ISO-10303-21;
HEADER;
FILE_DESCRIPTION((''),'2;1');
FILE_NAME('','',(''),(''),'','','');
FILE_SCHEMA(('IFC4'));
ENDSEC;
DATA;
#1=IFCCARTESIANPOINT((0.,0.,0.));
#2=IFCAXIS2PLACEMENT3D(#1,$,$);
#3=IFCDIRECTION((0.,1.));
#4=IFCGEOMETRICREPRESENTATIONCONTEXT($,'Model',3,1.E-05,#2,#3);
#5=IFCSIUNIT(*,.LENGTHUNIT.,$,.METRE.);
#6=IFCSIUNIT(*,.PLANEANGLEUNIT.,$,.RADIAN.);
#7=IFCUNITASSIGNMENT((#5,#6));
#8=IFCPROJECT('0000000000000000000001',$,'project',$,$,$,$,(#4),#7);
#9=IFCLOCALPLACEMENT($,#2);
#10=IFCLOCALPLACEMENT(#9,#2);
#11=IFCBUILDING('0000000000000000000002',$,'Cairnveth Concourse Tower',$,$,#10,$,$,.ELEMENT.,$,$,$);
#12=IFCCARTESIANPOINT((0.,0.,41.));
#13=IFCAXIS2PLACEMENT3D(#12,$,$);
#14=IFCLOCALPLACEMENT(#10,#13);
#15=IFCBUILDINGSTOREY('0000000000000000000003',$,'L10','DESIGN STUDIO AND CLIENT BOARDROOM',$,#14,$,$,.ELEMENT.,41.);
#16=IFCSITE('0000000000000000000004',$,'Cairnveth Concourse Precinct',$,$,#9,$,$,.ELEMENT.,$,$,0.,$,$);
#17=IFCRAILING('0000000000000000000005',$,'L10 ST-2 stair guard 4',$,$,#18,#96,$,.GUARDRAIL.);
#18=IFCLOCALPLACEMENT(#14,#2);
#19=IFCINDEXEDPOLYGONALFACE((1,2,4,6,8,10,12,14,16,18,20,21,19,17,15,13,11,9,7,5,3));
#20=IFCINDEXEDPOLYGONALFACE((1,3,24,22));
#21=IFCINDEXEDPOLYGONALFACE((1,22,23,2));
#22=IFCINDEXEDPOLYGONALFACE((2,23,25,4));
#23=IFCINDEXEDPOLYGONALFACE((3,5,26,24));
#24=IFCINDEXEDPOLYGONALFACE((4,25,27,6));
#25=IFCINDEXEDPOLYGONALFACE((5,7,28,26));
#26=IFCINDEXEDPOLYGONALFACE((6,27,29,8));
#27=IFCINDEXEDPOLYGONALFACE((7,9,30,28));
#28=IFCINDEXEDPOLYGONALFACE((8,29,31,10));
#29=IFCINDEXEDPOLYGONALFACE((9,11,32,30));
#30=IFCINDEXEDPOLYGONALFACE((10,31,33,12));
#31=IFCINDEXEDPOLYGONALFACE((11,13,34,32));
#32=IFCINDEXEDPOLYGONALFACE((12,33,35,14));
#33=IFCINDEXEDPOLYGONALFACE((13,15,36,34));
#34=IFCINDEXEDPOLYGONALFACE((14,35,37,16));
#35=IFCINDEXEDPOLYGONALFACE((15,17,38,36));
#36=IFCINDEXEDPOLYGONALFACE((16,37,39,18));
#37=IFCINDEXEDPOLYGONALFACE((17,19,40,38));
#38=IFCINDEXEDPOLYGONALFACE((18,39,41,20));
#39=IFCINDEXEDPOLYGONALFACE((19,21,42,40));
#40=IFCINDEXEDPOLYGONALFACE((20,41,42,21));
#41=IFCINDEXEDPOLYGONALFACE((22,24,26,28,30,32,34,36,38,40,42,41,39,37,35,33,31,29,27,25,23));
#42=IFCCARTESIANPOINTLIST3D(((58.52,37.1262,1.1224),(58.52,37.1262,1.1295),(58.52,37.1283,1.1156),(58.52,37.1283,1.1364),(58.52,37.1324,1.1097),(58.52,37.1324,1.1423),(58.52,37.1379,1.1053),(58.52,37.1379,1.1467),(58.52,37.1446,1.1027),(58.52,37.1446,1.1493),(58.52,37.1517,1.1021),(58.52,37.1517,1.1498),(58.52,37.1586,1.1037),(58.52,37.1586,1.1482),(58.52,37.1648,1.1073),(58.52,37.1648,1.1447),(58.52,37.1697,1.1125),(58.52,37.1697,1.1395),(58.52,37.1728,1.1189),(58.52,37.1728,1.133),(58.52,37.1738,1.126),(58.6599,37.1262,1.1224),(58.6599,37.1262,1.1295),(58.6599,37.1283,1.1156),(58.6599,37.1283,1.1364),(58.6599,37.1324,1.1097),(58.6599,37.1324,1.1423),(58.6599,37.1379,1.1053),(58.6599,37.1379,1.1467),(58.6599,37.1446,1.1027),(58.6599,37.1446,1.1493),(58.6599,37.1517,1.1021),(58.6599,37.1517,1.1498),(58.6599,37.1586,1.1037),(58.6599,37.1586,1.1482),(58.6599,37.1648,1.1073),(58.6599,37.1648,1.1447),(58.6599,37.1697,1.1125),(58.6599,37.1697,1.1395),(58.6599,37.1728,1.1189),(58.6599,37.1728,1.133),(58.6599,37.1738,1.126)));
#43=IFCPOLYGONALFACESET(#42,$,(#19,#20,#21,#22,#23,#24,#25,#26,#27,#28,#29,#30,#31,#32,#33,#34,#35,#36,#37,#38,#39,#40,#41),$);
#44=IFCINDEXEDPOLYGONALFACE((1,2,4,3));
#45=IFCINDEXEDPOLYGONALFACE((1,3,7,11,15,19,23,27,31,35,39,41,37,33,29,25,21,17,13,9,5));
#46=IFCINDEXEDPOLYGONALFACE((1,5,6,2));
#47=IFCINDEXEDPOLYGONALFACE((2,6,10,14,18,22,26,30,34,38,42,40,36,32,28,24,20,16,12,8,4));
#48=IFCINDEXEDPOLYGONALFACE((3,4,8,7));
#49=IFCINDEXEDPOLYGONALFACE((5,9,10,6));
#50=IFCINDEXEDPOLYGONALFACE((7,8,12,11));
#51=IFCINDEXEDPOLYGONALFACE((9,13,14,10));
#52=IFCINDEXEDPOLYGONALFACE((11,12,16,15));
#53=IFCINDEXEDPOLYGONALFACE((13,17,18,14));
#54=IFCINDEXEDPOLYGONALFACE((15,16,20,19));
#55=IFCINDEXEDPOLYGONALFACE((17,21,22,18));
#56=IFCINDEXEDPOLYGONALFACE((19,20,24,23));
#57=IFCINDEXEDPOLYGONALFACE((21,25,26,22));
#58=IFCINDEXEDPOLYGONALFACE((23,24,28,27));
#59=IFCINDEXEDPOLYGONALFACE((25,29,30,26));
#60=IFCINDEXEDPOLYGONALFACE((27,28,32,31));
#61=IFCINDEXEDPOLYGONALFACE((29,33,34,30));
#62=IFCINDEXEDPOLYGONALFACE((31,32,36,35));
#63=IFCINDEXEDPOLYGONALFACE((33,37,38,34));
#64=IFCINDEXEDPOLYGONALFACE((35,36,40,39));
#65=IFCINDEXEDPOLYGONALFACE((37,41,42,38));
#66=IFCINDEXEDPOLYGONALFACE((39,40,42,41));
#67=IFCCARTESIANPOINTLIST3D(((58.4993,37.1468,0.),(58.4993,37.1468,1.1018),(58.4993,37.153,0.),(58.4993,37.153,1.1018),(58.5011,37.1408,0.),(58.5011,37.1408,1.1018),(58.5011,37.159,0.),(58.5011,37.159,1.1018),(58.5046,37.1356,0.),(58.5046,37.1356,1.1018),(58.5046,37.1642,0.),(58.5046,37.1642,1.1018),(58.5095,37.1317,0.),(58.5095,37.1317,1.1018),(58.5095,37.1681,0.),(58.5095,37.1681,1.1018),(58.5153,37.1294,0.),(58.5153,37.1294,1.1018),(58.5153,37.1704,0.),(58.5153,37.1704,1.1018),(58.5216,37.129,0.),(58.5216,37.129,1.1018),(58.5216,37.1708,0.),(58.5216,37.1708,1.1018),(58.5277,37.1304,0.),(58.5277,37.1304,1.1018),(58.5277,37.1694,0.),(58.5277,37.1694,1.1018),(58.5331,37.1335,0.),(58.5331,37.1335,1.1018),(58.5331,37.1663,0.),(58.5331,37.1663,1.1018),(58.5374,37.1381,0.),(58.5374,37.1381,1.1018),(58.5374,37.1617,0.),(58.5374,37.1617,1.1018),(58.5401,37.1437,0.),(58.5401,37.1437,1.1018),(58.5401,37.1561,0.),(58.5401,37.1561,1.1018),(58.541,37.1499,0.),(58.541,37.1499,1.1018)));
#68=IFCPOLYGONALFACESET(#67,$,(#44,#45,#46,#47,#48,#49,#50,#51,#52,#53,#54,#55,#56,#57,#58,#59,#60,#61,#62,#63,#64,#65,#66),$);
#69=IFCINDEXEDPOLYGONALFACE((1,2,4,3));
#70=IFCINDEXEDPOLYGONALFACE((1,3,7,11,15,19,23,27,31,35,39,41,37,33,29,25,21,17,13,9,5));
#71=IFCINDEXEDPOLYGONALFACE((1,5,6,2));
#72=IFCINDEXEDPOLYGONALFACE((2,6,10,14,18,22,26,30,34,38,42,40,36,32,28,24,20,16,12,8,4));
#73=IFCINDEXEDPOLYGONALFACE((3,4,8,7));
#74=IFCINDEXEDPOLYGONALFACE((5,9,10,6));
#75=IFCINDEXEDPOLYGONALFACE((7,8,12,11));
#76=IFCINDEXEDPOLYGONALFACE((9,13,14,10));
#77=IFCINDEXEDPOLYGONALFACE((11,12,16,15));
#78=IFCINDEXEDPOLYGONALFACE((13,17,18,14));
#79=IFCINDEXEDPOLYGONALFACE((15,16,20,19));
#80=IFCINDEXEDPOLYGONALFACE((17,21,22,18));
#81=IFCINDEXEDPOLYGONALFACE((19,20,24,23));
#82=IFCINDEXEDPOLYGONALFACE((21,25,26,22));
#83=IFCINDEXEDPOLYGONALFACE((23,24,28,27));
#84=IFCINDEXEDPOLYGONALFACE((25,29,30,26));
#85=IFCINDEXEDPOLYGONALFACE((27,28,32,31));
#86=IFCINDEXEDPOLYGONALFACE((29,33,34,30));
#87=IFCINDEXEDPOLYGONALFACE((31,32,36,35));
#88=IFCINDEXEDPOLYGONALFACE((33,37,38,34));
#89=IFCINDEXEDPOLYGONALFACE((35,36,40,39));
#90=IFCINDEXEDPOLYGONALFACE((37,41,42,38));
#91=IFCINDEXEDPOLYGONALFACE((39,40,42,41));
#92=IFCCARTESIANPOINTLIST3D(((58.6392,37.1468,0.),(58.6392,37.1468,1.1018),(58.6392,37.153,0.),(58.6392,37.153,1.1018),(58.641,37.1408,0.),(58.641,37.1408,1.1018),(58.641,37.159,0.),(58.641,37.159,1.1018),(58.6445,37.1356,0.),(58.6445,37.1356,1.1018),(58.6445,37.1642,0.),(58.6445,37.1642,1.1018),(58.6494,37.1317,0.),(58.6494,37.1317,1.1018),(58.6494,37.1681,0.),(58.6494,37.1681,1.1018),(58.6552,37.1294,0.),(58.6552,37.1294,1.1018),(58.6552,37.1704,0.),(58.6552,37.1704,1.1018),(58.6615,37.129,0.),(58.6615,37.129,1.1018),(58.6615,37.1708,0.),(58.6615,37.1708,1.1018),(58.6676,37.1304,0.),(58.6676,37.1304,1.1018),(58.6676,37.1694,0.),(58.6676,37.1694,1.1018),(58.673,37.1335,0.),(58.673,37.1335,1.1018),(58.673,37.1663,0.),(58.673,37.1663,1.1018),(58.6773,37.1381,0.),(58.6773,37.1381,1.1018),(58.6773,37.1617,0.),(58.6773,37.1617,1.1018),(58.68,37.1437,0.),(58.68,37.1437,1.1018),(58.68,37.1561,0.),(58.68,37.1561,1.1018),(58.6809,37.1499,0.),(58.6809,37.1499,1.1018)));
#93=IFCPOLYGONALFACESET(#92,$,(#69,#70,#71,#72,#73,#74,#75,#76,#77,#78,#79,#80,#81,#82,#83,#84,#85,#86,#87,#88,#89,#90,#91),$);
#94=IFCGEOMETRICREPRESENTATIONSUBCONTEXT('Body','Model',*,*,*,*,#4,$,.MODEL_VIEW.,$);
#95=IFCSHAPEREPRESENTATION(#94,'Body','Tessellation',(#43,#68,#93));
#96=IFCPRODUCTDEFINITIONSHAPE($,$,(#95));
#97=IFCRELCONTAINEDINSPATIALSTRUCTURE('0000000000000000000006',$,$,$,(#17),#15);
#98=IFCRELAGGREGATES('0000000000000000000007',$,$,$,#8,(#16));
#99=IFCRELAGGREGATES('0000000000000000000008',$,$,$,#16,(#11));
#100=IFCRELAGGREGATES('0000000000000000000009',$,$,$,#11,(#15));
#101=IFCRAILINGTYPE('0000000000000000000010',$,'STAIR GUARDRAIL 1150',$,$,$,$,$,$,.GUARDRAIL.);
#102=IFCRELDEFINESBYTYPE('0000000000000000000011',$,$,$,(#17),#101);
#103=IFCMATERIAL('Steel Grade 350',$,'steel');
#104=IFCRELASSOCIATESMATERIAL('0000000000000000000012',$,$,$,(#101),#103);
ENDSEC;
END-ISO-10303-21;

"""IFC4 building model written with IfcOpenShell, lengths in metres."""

from ifc_helpers import new_model, si_unit, direction, frame, origin, origin_2d, place, context, subcontext, project, spatial, circle, extrude, material, type_object, element, save


model = new_model("IFC4")

# Units and contexts
model_context = context("Model", 3, precision=1e-05, world=origin(), true_north=direction((0.0, 1.0)))
body_context = subcontext(model_context, "Body", "Model", "MODEL_VIEW")
ifc_project = project(units=[si_unit("LENGTHUNIT", "METRE"), si_unit("PLANEANGLEUNIT", "RADIAN")], contexts=[model_context])

# Site, building, storey
site_placement = place(None, origin())
site = spatial("IfcSite", under=ifc_project, at=site_placement, Name="Cairnveth Concourse Precinct", CompositionType="ELEMENT", RefElevation=0.0)
building_placement = place(site_placement, origin())
building = spatial("IfcBuilding", under=site, at=building_placement, Name="Cairnveth Concourse Tower", CompositionType="ELEMENT")
storey_placement = place(building_placement, frame((0.0, 0.0, 41.0)))
storey = spatial("IfcBuildingStorey", under=building, at=storey_placement, Name="L10", Description="DESIGN STUDIO AND CLIENT BOARDROOM", CompositionType="ELEMENT", Elevation=41.0)

# Shared definitions
ifc_material_1 = material(Name="Steel Grade 350", Category="steel")

# Railing
railing_type = type_object("IfcRailingType", Name="STAIR GUARDRAIL 1150", PredefinedType="GUARDRAIL", material=ifc_material_1)
railing_1_placement = place(storey_placement, frame((58.52, 37.1499, 0.0)))
element("IfcRailing", 1, at=railing_1_placement, inside=storey, type_object=railing_type, Name="L10 ST-2 stair guard 4", PredefinedType="GUARDRAIL", context=body_context, shape_type="SweptSolid", body=[
    extrude(circle(Radius=0.0239, at=origin_2d()), frame((0.0, 0.0, 1.126), z_axis=(1.0, 0.0, 0.0), x_axis=(0.0, 1.0, 0.0)), (0.0, 0.0, 1.0), 0.1399),
    extrude(circle(Radius=0.021, at=origin_2d()), origin(), (0.0, 0.0, 1.0), 1.1018),
    extrude(circle(Radius=0.021, at=origin_2d()), frame((0.1399, 0.0, 0.0)), (0.0, 0.0, 1.0), 1.1018),
])

save(model, "model.ifc")
